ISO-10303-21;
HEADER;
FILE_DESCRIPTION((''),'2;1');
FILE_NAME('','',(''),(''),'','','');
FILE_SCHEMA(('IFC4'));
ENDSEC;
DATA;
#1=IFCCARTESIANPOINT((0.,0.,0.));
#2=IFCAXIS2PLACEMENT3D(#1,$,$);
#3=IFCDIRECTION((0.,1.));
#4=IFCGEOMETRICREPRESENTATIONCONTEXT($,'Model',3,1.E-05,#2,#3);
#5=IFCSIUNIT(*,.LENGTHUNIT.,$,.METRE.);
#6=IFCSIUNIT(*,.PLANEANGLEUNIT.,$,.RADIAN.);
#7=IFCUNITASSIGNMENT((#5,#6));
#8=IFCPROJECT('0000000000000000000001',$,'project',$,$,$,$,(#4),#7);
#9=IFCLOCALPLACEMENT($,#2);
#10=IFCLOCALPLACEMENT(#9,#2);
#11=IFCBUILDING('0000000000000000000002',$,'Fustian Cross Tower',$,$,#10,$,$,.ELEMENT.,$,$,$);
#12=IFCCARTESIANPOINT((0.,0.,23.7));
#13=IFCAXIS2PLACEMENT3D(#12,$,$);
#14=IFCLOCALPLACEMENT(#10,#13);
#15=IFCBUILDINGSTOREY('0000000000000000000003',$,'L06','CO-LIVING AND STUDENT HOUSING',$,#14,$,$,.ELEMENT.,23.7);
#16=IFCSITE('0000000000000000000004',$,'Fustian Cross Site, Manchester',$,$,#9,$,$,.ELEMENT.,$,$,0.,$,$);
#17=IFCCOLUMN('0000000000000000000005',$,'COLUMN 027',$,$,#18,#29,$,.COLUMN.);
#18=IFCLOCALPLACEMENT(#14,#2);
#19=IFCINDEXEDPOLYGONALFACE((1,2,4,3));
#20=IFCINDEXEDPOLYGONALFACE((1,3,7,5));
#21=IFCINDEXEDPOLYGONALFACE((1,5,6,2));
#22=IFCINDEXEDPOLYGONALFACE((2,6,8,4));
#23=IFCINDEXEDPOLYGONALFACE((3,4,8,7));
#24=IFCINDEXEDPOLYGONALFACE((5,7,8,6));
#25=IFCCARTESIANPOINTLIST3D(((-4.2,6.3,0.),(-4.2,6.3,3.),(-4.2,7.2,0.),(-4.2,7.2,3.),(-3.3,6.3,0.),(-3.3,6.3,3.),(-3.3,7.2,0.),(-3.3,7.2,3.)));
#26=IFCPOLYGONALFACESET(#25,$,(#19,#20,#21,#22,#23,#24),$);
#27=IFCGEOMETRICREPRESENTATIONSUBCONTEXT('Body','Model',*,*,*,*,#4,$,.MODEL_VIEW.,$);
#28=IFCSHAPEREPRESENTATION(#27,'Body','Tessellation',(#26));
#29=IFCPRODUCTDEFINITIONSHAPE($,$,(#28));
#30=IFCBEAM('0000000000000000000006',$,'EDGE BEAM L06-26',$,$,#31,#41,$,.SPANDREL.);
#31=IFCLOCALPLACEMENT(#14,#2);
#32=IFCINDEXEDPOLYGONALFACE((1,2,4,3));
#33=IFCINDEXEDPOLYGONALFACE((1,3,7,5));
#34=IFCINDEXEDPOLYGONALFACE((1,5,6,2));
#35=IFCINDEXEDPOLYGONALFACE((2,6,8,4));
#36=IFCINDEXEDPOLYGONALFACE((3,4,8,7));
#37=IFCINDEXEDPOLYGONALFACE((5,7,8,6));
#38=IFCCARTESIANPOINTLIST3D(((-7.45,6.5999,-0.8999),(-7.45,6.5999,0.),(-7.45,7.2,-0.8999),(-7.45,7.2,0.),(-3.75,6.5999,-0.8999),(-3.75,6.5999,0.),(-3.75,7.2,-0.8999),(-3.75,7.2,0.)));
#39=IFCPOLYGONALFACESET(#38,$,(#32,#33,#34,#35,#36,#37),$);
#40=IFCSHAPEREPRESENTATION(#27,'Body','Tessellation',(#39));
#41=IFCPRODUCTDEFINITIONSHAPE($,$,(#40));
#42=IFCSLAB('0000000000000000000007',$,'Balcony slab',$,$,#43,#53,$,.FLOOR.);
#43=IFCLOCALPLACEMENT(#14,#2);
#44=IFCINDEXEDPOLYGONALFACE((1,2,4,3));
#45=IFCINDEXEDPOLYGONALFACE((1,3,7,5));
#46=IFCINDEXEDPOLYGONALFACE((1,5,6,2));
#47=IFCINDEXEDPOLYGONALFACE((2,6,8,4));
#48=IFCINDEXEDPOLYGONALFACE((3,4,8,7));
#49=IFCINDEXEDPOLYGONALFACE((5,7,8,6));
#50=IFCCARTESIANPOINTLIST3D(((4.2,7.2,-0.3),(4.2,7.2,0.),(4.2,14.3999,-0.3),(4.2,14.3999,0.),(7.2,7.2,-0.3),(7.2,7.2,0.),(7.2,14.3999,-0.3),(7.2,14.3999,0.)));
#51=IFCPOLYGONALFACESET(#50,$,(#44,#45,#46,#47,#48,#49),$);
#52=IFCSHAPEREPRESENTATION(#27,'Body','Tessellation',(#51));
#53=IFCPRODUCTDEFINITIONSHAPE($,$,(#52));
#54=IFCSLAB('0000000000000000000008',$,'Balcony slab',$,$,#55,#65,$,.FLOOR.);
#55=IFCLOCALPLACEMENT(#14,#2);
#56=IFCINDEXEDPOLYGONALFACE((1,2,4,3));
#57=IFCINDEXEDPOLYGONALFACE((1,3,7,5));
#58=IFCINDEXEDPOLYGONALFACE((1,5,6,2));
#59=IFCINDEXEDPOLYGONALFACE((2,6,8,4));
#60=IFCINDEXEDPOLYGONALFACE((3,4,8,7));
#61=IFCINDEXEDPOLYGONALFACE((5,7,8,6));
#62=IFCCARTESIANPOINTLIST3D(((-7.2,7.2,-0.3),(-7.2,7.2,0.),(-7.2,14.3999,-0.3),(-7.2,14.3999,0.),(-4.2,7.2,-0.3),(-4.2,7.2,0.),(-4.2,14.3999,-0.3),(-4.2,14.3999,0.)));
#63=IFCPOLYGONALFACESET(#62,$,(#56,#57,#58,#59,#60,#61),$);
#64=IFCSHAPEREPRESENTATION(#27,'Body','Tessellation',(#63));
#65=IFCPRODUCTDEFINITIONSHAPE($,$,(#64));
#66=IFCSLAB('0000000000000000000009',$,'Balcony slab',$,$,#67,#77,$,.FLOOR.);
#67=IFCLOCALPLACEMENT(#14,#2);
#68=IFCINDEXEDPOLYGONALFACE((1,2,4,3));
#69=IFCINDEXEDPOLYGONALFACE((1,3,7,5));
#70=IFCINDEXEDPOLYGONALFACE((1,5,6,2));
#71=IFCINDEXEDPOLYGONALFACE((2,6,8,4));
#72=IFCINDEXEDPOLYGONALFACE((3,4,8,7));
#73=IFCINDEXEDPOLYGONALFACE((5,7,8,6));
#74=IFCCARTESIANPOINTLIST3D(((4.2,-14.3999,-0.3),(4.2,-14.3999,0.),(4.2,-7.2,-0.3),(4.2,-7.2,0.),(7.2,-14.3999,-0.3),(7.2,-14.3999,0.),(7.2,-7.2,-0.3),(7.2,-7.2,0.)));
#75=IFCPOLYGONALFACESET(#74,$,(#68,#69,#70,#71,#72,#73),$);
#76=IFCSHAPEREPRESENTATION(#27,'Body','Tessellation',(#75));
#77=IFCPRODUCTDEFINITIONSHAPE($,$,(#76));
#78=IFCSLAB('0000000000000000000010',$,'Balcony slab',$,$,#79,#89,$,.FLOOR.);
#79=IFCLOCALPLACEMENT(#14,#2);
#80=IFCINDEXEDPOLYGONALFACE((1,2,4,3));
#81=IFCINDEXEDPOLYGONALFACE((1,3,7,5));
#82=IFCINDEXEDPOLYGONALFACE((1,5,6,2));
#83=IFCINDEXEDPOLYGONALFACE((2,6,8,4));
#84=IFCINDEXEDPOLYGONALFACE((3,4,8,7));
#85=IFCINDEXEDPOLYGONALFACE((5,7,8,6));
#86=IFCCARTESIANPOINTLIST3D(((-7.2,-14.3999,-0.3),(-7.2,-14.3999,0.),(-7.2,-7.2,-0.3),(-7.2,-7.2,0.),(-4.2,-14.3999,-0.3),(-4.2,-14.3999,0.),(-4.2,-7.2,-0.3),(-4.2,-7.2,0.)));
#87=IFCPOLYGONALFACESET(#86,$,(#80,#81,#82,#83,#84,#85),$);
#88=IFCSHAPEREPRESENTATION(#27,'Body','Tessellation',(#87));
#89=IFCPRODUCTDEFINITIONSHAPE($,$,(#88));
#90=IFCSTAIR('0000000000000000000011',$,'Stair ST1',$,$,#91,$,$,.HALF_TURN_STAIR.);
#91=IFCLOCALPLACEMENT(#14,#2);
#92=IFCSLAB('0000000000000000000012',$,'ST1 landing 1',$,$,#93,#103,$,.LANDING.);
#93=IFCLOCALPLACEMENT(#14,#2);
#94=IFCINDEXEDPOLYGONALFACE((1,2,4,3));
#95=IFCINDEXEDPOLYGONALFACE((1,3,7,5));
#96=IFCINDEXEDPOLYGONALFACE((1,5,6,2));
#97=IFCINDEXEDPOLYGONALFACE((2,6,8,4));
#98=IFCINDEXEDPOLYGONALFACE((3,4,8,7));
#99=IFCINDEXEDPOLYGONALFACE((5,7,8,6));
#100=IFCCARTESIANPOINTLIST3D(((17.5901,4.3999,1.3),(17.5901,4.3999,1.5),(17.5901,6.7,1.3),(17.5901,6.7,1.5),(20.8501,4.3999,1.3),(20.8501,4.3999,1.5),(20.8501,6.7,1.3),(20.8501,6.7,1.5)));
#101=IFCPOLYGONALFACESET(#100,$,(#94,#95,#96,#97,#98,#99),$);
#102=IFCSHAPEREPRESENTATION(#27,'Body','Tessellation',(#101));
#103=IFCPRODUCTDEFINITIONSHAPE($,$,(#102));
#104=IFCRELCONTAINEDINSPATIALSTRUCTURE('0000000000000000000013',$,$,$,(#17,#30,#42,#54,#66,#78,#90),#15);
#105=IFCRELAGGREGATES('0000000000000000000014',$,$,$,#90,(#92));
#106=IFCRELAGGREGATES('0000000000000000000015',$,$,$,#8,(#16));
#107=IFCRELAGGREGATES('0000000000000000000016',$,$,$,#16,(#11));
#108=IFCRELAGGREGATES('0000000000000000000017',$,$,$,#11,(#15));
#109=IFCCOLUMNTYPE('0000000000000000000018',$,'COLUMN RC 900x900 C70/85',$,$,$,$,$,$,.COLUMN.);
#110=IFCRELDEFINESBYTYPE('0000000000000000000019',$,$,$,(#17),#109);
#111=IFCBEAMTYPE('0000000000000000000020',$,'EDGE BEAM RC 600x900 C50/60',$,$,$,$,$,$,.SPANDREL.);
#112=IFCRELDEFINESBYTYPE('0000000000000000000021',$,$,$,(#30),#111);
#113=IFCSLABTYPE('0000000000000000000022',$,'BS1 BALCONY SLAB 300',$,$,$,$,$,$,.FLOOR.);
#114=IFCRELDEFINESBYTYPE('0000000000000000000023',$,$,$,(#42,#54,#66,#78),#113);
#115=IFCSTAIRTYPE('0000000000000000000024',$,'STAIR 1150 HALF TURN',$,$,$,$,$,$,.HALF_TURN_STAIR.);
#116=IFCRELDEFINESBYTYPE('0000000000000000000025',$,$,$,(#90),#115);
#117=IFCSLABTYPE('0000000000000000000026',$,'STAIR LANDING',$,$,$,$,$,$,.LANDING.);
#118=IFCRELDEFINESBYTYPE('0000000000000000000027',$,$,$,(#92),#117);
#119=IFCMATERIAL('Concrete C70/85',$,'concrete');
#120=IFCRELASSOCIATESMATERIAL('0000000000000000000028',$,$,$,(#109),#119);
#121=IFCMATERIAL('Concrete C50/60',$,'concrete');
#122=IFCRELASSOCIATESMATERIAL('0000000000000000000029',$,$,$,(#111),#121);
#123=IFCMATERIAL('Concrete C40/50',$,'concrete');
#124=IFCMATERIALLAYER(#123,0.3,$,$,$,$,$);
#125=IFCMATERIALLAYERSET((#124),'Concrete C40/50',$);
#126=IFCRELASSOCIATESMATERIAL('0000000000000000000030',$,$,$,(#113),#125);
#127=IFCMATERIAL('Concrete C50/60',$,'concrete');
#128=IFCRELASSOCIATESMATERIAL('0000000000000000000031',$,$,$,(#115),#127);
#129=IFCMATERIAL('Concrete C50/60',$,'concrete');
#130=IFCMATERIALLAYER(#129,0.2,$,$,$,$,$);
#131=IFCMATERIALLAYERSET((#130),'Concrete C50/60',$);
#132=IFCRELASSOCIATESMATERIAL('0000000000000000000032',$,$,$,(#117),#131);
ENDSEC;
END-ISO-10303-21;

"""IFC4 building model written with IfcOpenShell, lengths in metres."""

from ifc_helpers import new_model, si_unit, direction, frame, origin, origin_2d, place, context, subcontext, project, spatial, polyline, rectangle, outline, extrude, material, layer, layer_set, material_profile, profile_set, type_object, element, aggregate, save


model = new_model("IFC4")

# Units and contexts
model_context = context("Model", 3, precision=1e-05, world=origin(), true_north=direction((0.0, 1.0)))
body_context = subcontext(model_context, "Body", "Model", "MODEL_VIEW")
ifc_project = project(units=[si_unit("LENGTHUNIT", "METRE"), si_unit("PLANEANGLEUNIT", "RADIAN")], contexts=[model_context])

# Site, building, storey
site_placement = place(None, origin())
site = spatial("IfcSite", under=ifc_project, at=site_placement, Name="Fustian Cross Site, Manchester", CompositionType="ELEMENT", RefElevation=0.0)
building_placement = place(site_placement, origin())
building = spatial("IfcBuilding", under=site, at=building_placement, Name="Fustian Cross Tower", CompositionType="ELEMENT")
storey_placement = place(building_placement, frame((0.0, 0.0, 23.7)))
storey = spatial("IfcBuildingStorey", under=building, at=storey_placement, Name="L06", Description="CO-LIVING AND STUDENT HOUSING", CompositionType="ELEMENT", Elevation=23.7)

# Column
ifc_material_1 = material(Name="Concrete C70/85", Category="concrete")
ifc_material_profile_1 = material_profile(ifc_material_1, rectangle(XDim=0.8999, YDim=0.8999, at=origin_2d()), Name="RC 900x900")
ifc_profile_set_1 = profile_set([ifc_material_profile_1], Name="Concrete C70/85")
column_type = type_object("IfcColumnType", Name="COLUMN RC 900x900 C70/85", PredefinedType="COLUMN", material=ifc_profile_set_1)
column_placement = place(storey_placement, frame((-3.75, 6.75, 0.0), z_axis=(0.0, 0.0, 1.0), x_axis=(1.0, 0.0, 0.0)))
element("IfcColumn", 1, at=column_placement, inside=storey, type_object=column_type, Name="COLUMN 027", PredefinedType="COLUMN", context=body_context, shape_type="SweptSolid", body=[
    extrude(rectangle(XDim=0.8999, YDim=0.8999, at=origin_2d()), origin(), (0.0, 0.0, 1.0), 3.0),
])

# Beam
ifc_material_2 = material(Name="Concrete C50/60", Category="concrete")
ifc_material_profile_2 = material_profile(ifc_material_2, rectangle(XDim=0.6001, YDim=0.8999, at=origin_2d()), Name="RC 600x900")
ifc_profile_set_2 = profile_set([ifc_material_profile_2], Name="Concrete C50/60")
beam_type = type_object("IfcBeamType", Name="EDGE BEAM RC 600x900 C50/60", PredefinedType="SPANDREL", material=ifc_profile_set_2)
beam_placement = place(storey_placement, frame((-3.75, 6.8999, -0.45), z_axis=(-1.0, 0.0, 0.0), x_axis=(0.0, -1.0, 0.0)))
element("IfcBeam", 2, at=beam_placement, inside=storey, type_object=beam_type, Name="EDGE BEAM L06-26", PredefinedType="SPANDREL", context=body_context, shape_type="SweptSolid", body=[
    extrude(rectangle(XDim=0.6001, YDim=0.8999, at=origin_2d()), origin(), (0.0, 0.0, 1.0), 3.7),
])

# Slabs
ifc_material_3 = material(Name="Concrete C40/50", Category="concrete")
ifc_layer_1 = layer(ifc_material_3, 0.3)
ifc_layer_set_1 = layer_set([ifc_layer_1], Name="Concrete C40/50")
slab_type_1 = type_object("IfcSlabType", Name="BS1 BALCONY SLAB 300", PredefinedType="FLOOR", material=ifc_layer_set_1)
slab_1_placement = place(storey_placement, frame((0.0, 0.0, -0.3)))
element("IfcSlab", 3, at=slab_1_placement, inside=storey, type_object=slab_type_1, Name="Balcony slab", PredefinedType="FLOOR", context=body_context, shape_type="SweptSolid", body=[
    extrude(outline(polyline([(4.2, 7.2), (7.2, 7.2), (7.2, 14.3999), (4.2, 14.3999), (4.2, 7.2)])), origin(), (0.0, 0.0, 1.0), 0.3),
])
slab_2_placement = place(storey_placement, frame((0.0, 0.0, -0.3)))
element("IfcSlab", 4, at=slab_2_placement, inside=storey, type_object=slab_type_1, Name="Balcony slab", PredefinedType="FLOOR", context=body_context, shape_type="SweptSolid", body=[
    extrude(outline(polyline([(-7.2, 7.2), (-4.2, 7.2), (-4.2, 14.3999), (-7.2, 14.3999), (-7.2, 7.2)])), origin(), (0.0, 0.0, 1.0), 0.3),
])
slab_3_placement = place(storey_placement, frame((0.0, 0.0, -0.3)))
element("IfcSlab", 5, at=slab_3_placement, inside=storey, type_object=slab_type_1, Name="Balcony slab", PredefinedType="FLOOR", context=body_context, shape_type="SweptSolid", body=[
    extrude(outline(polyline([(4.2, -14.3999), (7.2, -14.3999), (7.2, -7.2), (4.2, -7.2), (4.2, -14.3999)])), origin(), (0.0, 0.0, 1.0), 0.3),
])
slab_4_placement = place(storey_placement, frame((0.0, 0.0, -0.3)))
element("IfcSlab", 6, at=slab_4_placement, inside=storey, type_object=slab_type_1, Name="Balcony slab", PredefinedType="FLOOR", context=body_context, shape_type="SweptSolid", body=[
    extrude(outline(polyline([(-7.2, -14.3999), (-4.2, -14.3999), (-4.2, -7.2), (-7.2, -7.2), (-7.2, -14.3999)])), origin(), (0.0, 0.0, 1.0), 0.3),
])

# Stair, slab
ifc_material_4 = material(Name="Concrete C50/60", Category="concrete")
stair_type = type_object("IfcStairType", Name="STAIR 1150 HALF TURN", PredefinedType="HALF_TURN_STAIR", material=ifc_material_4)
stair_placement = place(storey_placement, origin())
stair = element("IfcStair", 7, at=stair_placement, inside=storey, type_object=stair_type, Name="Stair ST1", PredefinedType="HALF_TURN_STAIR")
ifc_material_5 = material(Name="Concrete C50/60", Category="concrete")
ifc_layer_2 = layer(ifc_material_5, 0.2)
ifc_layer_set_2 = layer_set([ifc_layer_2], Name="Concrete C50/60")
slab_type_2 = type_object("IfcSlabType", Name="STAIR LANDING", PredefinedType="LANDING", material=ifc_layer_set_2)
slab_5_placement = place(storey_placement, frame((0.0, 0.0, 1.3)))
slab_5 = element("IfcSlab", 8, at=slab_5_placement, type_object=slab_type_2, Name="ST1 landing 1", PredefinedType="LANDING", context=body_context, shape_type="SweptSolid", body=[
    extrude(outline(polyline([(17.5901, 4.3999), (20.8501, 4.3999), (20.8501, 6.7), (17.5901, 6.7), (17.5901, 4.3999)])), origin(), (0.0, 0.0, 1.0), 0.2),
])
aggregate(stair, [slab_5])

save(model, "model.ifc")
